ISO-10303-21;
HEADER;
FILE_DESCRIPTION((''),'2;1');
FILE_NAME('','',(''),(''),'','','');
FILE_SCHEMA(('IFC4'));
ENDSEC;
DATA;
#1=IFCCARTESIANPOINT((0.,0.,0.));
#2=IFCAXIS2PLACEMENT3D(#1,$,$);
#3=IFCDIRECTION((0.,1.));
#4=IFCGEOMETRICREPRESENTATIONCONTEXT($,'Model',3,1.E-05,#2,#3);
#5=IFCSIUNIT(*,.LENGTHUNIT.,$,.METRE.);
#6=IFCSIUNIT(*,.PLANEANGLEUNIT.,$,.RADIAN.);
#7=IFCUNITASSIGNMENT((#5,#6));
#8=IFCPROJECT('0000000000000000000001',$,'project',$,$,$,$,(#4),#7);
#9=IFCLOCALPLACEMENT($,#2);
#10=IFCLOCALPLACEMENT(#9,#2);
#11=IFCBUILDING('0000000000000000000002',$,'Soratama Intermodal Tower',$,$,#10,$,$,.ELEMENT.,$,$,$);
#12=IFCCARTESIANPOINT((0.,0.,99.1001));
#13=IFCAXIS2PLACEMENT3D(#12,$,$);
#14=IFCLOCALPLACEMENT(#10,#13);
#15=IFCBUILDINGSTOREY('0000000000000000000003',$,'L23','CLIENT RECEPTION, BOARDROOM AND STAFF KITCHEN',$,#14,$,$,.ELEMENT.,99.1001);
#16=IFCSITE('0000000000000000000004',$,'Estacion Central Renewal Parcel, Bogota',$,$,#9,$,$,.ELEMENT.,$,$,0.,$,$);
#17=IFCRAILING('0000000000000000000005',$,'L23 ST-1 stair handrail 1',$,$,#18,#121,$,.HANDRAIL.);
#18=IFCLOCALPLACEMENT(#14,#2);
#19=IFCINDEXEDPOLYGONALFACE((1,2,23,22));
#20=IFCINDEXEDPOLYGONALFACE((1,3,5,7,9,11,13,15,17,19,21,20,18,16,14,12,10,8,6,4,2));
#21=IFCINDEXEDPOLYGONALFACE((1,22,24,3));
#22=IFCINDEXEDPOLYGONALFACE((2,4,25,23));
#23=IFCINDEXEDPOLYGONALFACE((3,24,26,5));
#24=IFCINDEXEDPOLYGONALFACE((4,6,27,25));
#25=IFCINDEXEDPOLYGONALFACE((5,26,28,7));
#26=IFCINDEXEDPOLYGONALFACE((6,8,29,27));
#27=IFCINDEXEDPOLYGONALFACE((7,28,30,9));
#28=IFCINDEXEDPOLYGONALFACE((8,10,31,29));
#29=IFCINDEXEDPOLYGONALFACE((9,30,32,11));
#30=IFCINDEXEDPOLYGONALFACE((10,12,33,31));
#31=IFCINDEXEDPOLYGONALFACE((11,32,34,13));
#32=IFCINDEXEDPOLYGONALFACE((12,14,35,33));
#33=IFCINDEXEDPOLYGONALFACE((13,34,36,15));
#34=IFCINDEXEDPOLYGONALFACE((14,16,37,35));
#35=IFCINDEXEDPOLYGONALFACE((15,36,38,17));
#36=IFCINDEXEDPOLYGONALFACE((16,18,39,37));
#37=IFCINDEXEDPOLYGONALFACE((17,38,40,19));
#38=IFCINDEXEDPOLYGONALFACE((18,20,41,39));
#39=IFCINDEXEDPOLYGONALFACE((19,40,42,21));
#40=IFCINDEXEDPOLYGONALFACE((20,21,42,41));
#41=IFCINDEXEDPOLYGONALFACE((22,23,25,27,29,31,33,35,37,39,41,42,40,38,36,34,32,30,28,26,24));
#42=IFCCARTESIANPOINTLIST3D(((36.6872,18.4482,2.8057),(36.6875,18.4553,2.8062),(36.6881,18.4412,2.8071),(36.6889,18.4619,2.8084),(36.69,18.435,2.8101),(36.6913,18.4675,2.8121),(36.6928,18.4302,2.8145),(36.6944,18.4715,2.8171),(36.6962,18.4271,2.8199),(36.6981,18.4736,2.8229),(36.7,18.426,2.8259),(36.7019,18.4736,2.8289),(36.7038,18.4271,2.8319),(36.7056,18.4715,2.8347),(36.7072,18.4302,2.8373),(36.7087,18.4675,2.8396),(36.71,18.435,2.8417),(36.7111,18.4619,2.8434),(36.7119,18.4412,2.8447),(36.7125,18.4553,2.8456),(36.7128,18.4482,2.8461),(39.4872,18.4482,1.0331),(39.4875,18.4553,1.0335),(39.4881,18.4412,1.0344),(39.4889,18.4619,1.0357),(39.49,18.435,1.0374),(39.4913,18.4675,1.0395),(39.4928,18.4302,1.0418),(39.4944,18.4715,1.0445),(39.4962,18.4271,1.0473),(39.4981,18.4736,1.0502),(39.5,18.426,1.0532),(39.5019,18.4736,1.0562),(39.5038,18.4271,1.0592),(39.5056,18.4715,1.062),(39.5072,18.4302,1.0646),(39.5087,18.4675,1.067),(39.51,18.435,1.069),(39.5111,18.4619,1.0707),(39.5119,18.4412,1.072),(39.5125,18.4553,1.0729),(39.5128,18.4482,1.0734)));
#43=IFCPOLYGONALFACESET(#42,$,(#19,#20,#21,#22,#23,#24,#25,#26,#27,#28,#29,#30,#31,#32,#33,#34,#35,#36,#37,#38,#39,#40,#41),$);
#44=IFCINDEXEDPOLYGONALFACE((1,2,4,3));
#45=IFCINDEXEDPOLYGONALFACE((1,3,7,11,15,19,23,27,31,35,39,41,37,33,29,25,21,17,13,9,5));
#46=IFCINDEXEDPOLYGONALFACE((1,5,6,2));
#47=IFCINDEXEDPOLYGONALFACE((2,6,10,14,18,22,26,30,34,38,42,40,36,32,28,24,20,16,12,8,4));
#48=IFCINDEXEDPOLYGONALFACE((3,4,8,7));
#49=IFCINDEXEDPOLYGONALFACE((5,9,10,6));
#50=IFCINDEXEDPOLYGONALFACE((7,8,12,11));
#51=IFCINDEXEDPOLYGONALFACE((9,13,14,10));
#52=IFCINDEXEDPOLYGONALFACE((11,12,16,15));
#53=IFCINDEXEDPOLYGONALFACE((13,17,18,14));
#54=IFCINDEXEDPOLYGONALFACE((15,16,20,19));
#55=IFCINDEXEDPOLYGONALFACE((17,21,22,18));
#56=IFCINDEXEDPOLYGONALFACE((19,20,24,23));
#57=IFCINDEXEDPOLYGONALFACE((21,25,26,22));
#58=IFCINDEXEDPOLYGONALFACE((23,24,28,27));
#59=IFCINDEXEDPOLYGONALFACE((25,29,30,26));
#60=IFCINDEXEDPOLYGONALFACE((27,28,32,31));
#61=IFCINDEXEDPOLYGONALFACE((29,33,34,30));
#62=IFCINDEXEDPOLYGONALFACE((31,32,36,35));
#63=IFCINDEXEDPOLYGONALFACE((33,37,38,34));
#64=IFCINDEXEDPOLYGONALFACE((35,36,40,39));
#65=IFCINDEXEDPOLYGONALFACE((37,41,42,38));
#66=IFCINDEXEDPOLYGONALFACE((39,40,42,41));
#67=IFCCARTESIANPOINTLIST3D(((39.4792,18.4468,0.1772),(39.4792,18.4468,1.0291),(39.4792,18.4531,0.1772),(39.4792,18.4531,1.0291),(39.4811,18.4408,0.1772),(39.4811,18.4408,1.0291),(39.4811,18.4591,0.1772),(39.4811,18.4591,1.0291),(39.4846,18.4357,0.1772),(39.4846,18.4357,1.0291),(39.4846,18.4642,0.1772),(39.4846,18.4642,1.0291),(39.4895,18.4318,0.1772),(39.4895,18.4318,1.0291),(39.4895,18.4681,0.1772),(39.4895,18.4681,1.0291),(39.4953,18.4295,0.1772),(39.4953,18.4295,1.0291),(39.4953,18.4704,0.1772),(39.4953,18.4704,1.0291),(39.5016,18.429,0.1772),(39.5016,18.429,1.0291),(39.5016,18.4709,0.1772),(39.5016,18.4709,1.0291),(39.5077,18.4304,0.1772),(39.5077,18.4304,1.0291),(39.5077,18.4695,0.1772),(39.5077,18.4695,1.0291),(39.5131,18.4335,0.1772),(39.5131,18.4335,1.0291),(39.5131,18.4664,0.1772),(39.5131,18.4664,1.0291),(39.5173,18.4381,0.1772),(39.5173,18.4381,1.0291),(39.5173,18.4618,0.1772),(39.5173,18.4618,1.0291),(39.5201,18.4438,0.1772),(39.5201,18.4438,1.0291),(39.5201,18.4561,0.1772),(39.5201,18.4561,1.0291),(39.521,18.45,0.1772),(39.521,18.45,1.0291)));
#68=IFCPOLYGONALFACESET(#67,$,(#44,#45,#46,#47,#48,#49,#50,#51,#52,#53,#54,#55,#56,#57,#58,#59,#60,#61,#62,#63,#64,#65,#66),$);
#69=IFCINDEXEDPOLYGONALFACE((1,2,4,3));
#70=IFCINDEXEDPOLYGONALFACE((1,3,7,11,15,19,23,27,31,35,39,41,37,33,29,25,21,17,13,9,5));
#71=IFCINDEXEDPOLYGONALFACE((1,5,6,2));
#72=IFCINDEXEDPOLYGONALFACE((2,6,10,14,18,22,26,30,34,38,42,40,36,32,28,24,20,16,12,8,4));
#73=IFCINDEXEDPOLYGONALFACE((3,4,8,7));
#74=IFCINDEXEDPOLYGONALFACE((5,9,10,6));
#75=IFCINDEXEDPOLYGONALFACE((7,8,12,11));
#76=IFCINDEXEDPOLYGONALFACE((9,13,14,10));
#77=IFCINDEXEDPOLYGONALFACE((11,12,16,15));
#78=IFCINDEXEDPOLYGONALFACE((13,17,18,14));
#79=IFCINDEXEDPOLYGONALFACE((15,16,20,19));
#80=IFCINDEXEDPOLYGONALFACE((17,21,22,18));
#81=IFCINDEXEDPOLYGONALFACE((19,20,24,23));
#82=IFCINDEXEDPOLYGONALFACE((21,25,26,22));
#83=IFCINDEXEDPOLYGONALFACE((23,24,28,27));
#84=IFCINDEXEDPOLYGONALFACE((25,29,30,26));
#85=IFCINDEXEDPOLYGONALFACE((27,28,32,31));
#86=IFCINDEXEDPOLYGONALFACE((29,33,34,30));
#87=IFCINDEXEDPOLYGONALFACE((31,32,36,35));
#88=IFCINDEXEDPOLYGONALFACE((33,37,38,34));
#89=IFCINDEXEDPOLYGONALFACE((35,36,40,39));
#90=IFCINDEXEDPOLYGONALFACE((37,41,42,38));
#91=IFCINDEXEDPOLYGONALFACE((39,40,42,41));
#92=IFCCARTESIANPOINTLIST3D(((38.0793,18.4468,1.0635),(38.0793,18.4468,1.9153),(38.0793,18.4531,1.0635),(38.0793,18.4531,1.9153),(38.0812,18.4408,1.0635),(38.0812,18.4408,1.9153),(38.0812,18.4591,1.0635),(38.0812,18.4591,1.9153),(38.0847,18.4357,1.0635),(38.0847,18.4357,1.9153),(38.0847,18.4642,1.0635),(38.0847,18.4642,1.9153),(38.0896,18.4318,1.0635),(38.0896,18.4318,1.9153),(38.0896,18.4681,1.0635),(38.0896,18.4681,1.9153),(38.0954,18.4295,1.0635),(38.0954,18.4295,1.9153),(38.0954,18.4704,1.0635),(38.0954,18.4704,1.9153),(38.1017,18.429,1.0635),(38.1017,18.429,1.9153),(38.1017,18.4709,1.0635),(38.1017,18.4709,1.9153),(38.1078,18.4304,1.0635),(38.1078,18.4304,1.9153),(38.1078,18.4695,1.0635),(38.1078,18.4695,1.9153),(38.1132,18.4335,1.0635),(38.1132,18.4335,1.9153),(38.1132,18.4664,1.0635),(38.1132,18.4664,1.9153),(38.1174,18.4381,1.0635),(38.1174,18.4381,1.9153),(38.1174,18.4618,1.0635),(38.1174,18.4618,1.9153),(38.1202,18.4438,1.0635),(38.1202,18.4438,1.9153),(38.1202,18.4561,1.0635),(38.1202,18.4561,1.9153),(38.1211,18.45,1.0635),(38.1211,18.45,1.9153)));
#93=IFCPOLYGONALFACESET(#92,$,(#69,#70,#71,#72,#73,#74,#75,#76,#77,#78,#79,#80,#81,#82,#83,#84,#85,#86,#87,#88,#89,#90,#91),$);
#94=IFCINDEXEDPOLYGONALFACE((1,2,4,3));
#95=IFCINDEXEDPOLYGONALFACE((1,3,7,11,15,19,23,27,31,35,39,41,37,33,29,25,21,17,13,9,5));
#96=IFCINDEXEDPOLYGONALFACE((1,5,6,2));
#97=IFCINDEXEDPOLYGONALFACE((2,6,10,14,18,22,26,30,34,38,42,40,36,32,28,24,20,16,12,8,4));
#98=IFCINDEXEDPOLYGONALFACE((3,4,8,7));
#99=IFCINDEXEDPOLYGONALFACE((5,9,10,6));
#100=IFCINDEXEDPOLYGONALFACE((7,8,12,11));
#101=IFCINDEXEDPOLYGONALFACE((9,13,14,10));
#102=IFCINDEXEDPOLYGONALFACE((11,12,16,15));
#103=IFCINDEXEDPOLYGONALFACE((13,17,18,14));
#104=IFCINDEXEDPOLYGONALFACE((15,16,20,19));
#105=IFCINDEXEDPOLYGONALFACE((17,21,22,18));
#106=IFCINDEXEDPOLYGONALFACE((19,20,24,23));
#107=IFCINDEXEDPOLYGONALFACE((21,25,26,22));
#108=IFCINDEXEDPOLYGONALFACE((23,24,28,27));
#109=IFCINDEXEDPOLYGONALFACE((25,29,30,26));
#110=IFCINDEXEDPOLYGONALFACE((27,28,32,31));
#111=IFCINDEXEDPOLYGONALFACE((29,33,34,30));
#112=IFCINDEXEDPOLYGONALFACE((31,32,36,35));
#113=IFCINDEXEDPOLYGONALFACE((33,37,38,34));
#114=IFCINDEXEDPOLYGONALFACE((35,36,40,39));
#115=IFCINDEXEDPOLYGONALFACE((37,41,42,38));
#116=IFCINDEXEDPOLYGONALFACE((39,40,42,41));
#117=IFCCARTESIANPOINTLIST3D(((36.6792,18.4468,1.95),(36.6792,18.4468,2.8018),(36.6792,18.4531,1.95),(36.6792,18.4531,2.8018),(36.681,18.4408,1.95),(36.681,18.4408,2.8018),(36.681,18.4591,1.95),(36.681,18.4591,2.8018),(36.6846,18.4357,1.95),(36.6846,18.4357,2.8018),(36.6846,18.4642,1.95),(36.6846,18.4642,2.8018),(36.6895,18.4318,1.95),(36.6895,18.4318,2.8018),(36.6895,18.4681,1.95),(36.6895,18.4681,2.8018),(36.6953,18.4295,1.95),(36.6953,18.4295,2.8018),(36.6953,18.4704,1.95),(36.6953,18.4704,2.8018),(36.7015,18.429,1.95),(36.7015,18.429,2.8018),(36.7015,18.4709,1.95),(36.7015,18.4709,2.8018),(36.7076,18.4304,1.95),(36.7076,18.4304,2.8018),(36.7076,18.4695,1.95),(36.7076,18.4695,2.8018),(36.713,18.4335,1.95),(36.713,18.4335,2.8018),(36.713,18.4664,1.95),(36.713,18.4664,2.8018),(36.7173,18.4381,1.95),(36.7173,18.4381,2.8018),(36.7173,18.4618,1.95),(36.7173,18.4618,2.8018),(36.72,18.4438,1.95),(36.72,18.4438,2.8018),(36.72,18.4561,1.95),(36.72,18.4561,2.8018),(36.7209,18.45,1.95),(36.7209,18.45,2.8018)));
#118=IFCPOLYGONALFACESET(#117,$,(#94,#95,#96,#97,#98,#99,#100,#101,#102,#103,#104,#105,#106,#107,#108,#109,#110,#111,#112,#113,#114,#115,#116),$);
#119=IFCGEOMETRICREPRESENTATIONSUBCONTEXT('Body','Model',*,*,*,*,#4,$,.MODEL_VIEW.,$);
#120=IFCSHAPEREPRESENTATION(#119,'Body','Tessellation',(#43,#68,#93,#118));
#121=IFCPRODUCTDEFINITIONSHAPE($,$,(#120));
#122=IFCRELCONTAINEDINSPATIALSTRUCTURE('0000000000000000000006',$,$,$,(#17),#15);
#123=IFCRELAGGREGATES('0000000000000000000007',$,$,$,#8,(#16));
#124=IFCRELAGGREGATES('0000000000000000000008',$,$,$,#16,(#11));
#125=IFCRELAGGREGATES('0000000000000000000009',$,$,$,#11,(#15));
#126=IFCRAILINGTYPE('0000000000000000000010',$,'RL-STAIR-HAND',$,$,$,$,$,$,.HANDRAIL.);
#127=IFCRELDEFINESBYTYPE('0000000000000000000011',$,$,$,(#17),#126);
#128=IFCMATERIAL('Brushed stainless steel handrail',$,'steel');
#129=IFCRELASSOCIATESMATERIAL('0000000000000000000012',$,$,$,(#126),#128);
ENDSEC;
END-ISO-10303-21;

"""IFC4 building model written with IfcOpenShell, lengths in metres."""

from ifc_helpers import new_model, si_unit, direction, frame, origin, origin_2d, place, context, subcontext, project, spatial, circle, extrude, material, type_object, element, save


model = new_model("IFC4")

# Units and contexts
model_context = context("Model", 3, precision=1e-05, world=origin(), true_north=direction((0.0, 1.0)))
body_context = subcontext(model_context, "Body", "Model", "MODEL_VIEW")
ifc_project = project(units=[si_unit("LENGTHUNIT", "METRE"), si_unit("PLANEANGLEUNIT", "RADIAN")], contexts=[model_context])

# Site, building, storey
site_placement = place(None, origin())
site = spatial("IfcSite", under=ifc_project, at=site_placement, Name="Estacion Central Renewal Parcel, Bogota", CompositionType="ELEMENT", RefElevation=0.0)
building_placement = place(site_placement, origin())
building = spatial("IfcBuilding", under=site, at=building_placement, Name="Soratama Intermodal Tower", CompositionType="ELEMENT")
storey_placement = place(building_placement, frame((0.0, 0.0, 99.1001)))
storey = spatial("IfcBuildingStorey", under=building, at=storey_placement, Name="L23", Description="CLIENT RECEPTION, BOARDROOM AND STAFF KITCHEN", CompositionType="ELEMENT", Elevation=99.1001)

# Railing
ifc_material_1 = material(Name="Brushed stainless steel handrail", Category="steel")
railing_type_1 = type_object("IfcRailingType", Name="RL-STAIR-HAND", PredefinedType="HANDRAIL", material=ifc_material_1)
railing_1_placement = place(storey_placement, frame((39.5, 18.45, 0.1772)))
element("IfcRailing", 1, at=railing_1_placement, inside=storey, type_object=railing_type_1, Name="L23 ST-1 stair handrail 1", PredefinedType="HANDRAIL", context=body_context, shape_type="SweptSolid", body=[
    extrude(circle(Radius=0.0239, at=origin_2d()), frame((0.0, 0.0, 0.876), z_axis=(-0.844909, 0.0, 0.53491), x_axis=(0.0, -1.0, 0.0)), (0.0, 0.0, 1.0), 3.314),
    extrude(circle(Radius=0.021, at=origin_2d()), origin(), (0.0, 0.0, 1.0), 0.8518),
    extrude(circle(Radius=0.021, at=origin_2d()), frame((-1.3999, 0.0, 0.8862)), (0.0, 0.0, 1.0), 0.8518),
    extrude(circle(Radius=0.021, at=origin_2d()), frame((-2.8, 0.0, 1.7727)), (0.0, 0.0, 1.0), 0.8518),
])

save(model, "model.ifc")
